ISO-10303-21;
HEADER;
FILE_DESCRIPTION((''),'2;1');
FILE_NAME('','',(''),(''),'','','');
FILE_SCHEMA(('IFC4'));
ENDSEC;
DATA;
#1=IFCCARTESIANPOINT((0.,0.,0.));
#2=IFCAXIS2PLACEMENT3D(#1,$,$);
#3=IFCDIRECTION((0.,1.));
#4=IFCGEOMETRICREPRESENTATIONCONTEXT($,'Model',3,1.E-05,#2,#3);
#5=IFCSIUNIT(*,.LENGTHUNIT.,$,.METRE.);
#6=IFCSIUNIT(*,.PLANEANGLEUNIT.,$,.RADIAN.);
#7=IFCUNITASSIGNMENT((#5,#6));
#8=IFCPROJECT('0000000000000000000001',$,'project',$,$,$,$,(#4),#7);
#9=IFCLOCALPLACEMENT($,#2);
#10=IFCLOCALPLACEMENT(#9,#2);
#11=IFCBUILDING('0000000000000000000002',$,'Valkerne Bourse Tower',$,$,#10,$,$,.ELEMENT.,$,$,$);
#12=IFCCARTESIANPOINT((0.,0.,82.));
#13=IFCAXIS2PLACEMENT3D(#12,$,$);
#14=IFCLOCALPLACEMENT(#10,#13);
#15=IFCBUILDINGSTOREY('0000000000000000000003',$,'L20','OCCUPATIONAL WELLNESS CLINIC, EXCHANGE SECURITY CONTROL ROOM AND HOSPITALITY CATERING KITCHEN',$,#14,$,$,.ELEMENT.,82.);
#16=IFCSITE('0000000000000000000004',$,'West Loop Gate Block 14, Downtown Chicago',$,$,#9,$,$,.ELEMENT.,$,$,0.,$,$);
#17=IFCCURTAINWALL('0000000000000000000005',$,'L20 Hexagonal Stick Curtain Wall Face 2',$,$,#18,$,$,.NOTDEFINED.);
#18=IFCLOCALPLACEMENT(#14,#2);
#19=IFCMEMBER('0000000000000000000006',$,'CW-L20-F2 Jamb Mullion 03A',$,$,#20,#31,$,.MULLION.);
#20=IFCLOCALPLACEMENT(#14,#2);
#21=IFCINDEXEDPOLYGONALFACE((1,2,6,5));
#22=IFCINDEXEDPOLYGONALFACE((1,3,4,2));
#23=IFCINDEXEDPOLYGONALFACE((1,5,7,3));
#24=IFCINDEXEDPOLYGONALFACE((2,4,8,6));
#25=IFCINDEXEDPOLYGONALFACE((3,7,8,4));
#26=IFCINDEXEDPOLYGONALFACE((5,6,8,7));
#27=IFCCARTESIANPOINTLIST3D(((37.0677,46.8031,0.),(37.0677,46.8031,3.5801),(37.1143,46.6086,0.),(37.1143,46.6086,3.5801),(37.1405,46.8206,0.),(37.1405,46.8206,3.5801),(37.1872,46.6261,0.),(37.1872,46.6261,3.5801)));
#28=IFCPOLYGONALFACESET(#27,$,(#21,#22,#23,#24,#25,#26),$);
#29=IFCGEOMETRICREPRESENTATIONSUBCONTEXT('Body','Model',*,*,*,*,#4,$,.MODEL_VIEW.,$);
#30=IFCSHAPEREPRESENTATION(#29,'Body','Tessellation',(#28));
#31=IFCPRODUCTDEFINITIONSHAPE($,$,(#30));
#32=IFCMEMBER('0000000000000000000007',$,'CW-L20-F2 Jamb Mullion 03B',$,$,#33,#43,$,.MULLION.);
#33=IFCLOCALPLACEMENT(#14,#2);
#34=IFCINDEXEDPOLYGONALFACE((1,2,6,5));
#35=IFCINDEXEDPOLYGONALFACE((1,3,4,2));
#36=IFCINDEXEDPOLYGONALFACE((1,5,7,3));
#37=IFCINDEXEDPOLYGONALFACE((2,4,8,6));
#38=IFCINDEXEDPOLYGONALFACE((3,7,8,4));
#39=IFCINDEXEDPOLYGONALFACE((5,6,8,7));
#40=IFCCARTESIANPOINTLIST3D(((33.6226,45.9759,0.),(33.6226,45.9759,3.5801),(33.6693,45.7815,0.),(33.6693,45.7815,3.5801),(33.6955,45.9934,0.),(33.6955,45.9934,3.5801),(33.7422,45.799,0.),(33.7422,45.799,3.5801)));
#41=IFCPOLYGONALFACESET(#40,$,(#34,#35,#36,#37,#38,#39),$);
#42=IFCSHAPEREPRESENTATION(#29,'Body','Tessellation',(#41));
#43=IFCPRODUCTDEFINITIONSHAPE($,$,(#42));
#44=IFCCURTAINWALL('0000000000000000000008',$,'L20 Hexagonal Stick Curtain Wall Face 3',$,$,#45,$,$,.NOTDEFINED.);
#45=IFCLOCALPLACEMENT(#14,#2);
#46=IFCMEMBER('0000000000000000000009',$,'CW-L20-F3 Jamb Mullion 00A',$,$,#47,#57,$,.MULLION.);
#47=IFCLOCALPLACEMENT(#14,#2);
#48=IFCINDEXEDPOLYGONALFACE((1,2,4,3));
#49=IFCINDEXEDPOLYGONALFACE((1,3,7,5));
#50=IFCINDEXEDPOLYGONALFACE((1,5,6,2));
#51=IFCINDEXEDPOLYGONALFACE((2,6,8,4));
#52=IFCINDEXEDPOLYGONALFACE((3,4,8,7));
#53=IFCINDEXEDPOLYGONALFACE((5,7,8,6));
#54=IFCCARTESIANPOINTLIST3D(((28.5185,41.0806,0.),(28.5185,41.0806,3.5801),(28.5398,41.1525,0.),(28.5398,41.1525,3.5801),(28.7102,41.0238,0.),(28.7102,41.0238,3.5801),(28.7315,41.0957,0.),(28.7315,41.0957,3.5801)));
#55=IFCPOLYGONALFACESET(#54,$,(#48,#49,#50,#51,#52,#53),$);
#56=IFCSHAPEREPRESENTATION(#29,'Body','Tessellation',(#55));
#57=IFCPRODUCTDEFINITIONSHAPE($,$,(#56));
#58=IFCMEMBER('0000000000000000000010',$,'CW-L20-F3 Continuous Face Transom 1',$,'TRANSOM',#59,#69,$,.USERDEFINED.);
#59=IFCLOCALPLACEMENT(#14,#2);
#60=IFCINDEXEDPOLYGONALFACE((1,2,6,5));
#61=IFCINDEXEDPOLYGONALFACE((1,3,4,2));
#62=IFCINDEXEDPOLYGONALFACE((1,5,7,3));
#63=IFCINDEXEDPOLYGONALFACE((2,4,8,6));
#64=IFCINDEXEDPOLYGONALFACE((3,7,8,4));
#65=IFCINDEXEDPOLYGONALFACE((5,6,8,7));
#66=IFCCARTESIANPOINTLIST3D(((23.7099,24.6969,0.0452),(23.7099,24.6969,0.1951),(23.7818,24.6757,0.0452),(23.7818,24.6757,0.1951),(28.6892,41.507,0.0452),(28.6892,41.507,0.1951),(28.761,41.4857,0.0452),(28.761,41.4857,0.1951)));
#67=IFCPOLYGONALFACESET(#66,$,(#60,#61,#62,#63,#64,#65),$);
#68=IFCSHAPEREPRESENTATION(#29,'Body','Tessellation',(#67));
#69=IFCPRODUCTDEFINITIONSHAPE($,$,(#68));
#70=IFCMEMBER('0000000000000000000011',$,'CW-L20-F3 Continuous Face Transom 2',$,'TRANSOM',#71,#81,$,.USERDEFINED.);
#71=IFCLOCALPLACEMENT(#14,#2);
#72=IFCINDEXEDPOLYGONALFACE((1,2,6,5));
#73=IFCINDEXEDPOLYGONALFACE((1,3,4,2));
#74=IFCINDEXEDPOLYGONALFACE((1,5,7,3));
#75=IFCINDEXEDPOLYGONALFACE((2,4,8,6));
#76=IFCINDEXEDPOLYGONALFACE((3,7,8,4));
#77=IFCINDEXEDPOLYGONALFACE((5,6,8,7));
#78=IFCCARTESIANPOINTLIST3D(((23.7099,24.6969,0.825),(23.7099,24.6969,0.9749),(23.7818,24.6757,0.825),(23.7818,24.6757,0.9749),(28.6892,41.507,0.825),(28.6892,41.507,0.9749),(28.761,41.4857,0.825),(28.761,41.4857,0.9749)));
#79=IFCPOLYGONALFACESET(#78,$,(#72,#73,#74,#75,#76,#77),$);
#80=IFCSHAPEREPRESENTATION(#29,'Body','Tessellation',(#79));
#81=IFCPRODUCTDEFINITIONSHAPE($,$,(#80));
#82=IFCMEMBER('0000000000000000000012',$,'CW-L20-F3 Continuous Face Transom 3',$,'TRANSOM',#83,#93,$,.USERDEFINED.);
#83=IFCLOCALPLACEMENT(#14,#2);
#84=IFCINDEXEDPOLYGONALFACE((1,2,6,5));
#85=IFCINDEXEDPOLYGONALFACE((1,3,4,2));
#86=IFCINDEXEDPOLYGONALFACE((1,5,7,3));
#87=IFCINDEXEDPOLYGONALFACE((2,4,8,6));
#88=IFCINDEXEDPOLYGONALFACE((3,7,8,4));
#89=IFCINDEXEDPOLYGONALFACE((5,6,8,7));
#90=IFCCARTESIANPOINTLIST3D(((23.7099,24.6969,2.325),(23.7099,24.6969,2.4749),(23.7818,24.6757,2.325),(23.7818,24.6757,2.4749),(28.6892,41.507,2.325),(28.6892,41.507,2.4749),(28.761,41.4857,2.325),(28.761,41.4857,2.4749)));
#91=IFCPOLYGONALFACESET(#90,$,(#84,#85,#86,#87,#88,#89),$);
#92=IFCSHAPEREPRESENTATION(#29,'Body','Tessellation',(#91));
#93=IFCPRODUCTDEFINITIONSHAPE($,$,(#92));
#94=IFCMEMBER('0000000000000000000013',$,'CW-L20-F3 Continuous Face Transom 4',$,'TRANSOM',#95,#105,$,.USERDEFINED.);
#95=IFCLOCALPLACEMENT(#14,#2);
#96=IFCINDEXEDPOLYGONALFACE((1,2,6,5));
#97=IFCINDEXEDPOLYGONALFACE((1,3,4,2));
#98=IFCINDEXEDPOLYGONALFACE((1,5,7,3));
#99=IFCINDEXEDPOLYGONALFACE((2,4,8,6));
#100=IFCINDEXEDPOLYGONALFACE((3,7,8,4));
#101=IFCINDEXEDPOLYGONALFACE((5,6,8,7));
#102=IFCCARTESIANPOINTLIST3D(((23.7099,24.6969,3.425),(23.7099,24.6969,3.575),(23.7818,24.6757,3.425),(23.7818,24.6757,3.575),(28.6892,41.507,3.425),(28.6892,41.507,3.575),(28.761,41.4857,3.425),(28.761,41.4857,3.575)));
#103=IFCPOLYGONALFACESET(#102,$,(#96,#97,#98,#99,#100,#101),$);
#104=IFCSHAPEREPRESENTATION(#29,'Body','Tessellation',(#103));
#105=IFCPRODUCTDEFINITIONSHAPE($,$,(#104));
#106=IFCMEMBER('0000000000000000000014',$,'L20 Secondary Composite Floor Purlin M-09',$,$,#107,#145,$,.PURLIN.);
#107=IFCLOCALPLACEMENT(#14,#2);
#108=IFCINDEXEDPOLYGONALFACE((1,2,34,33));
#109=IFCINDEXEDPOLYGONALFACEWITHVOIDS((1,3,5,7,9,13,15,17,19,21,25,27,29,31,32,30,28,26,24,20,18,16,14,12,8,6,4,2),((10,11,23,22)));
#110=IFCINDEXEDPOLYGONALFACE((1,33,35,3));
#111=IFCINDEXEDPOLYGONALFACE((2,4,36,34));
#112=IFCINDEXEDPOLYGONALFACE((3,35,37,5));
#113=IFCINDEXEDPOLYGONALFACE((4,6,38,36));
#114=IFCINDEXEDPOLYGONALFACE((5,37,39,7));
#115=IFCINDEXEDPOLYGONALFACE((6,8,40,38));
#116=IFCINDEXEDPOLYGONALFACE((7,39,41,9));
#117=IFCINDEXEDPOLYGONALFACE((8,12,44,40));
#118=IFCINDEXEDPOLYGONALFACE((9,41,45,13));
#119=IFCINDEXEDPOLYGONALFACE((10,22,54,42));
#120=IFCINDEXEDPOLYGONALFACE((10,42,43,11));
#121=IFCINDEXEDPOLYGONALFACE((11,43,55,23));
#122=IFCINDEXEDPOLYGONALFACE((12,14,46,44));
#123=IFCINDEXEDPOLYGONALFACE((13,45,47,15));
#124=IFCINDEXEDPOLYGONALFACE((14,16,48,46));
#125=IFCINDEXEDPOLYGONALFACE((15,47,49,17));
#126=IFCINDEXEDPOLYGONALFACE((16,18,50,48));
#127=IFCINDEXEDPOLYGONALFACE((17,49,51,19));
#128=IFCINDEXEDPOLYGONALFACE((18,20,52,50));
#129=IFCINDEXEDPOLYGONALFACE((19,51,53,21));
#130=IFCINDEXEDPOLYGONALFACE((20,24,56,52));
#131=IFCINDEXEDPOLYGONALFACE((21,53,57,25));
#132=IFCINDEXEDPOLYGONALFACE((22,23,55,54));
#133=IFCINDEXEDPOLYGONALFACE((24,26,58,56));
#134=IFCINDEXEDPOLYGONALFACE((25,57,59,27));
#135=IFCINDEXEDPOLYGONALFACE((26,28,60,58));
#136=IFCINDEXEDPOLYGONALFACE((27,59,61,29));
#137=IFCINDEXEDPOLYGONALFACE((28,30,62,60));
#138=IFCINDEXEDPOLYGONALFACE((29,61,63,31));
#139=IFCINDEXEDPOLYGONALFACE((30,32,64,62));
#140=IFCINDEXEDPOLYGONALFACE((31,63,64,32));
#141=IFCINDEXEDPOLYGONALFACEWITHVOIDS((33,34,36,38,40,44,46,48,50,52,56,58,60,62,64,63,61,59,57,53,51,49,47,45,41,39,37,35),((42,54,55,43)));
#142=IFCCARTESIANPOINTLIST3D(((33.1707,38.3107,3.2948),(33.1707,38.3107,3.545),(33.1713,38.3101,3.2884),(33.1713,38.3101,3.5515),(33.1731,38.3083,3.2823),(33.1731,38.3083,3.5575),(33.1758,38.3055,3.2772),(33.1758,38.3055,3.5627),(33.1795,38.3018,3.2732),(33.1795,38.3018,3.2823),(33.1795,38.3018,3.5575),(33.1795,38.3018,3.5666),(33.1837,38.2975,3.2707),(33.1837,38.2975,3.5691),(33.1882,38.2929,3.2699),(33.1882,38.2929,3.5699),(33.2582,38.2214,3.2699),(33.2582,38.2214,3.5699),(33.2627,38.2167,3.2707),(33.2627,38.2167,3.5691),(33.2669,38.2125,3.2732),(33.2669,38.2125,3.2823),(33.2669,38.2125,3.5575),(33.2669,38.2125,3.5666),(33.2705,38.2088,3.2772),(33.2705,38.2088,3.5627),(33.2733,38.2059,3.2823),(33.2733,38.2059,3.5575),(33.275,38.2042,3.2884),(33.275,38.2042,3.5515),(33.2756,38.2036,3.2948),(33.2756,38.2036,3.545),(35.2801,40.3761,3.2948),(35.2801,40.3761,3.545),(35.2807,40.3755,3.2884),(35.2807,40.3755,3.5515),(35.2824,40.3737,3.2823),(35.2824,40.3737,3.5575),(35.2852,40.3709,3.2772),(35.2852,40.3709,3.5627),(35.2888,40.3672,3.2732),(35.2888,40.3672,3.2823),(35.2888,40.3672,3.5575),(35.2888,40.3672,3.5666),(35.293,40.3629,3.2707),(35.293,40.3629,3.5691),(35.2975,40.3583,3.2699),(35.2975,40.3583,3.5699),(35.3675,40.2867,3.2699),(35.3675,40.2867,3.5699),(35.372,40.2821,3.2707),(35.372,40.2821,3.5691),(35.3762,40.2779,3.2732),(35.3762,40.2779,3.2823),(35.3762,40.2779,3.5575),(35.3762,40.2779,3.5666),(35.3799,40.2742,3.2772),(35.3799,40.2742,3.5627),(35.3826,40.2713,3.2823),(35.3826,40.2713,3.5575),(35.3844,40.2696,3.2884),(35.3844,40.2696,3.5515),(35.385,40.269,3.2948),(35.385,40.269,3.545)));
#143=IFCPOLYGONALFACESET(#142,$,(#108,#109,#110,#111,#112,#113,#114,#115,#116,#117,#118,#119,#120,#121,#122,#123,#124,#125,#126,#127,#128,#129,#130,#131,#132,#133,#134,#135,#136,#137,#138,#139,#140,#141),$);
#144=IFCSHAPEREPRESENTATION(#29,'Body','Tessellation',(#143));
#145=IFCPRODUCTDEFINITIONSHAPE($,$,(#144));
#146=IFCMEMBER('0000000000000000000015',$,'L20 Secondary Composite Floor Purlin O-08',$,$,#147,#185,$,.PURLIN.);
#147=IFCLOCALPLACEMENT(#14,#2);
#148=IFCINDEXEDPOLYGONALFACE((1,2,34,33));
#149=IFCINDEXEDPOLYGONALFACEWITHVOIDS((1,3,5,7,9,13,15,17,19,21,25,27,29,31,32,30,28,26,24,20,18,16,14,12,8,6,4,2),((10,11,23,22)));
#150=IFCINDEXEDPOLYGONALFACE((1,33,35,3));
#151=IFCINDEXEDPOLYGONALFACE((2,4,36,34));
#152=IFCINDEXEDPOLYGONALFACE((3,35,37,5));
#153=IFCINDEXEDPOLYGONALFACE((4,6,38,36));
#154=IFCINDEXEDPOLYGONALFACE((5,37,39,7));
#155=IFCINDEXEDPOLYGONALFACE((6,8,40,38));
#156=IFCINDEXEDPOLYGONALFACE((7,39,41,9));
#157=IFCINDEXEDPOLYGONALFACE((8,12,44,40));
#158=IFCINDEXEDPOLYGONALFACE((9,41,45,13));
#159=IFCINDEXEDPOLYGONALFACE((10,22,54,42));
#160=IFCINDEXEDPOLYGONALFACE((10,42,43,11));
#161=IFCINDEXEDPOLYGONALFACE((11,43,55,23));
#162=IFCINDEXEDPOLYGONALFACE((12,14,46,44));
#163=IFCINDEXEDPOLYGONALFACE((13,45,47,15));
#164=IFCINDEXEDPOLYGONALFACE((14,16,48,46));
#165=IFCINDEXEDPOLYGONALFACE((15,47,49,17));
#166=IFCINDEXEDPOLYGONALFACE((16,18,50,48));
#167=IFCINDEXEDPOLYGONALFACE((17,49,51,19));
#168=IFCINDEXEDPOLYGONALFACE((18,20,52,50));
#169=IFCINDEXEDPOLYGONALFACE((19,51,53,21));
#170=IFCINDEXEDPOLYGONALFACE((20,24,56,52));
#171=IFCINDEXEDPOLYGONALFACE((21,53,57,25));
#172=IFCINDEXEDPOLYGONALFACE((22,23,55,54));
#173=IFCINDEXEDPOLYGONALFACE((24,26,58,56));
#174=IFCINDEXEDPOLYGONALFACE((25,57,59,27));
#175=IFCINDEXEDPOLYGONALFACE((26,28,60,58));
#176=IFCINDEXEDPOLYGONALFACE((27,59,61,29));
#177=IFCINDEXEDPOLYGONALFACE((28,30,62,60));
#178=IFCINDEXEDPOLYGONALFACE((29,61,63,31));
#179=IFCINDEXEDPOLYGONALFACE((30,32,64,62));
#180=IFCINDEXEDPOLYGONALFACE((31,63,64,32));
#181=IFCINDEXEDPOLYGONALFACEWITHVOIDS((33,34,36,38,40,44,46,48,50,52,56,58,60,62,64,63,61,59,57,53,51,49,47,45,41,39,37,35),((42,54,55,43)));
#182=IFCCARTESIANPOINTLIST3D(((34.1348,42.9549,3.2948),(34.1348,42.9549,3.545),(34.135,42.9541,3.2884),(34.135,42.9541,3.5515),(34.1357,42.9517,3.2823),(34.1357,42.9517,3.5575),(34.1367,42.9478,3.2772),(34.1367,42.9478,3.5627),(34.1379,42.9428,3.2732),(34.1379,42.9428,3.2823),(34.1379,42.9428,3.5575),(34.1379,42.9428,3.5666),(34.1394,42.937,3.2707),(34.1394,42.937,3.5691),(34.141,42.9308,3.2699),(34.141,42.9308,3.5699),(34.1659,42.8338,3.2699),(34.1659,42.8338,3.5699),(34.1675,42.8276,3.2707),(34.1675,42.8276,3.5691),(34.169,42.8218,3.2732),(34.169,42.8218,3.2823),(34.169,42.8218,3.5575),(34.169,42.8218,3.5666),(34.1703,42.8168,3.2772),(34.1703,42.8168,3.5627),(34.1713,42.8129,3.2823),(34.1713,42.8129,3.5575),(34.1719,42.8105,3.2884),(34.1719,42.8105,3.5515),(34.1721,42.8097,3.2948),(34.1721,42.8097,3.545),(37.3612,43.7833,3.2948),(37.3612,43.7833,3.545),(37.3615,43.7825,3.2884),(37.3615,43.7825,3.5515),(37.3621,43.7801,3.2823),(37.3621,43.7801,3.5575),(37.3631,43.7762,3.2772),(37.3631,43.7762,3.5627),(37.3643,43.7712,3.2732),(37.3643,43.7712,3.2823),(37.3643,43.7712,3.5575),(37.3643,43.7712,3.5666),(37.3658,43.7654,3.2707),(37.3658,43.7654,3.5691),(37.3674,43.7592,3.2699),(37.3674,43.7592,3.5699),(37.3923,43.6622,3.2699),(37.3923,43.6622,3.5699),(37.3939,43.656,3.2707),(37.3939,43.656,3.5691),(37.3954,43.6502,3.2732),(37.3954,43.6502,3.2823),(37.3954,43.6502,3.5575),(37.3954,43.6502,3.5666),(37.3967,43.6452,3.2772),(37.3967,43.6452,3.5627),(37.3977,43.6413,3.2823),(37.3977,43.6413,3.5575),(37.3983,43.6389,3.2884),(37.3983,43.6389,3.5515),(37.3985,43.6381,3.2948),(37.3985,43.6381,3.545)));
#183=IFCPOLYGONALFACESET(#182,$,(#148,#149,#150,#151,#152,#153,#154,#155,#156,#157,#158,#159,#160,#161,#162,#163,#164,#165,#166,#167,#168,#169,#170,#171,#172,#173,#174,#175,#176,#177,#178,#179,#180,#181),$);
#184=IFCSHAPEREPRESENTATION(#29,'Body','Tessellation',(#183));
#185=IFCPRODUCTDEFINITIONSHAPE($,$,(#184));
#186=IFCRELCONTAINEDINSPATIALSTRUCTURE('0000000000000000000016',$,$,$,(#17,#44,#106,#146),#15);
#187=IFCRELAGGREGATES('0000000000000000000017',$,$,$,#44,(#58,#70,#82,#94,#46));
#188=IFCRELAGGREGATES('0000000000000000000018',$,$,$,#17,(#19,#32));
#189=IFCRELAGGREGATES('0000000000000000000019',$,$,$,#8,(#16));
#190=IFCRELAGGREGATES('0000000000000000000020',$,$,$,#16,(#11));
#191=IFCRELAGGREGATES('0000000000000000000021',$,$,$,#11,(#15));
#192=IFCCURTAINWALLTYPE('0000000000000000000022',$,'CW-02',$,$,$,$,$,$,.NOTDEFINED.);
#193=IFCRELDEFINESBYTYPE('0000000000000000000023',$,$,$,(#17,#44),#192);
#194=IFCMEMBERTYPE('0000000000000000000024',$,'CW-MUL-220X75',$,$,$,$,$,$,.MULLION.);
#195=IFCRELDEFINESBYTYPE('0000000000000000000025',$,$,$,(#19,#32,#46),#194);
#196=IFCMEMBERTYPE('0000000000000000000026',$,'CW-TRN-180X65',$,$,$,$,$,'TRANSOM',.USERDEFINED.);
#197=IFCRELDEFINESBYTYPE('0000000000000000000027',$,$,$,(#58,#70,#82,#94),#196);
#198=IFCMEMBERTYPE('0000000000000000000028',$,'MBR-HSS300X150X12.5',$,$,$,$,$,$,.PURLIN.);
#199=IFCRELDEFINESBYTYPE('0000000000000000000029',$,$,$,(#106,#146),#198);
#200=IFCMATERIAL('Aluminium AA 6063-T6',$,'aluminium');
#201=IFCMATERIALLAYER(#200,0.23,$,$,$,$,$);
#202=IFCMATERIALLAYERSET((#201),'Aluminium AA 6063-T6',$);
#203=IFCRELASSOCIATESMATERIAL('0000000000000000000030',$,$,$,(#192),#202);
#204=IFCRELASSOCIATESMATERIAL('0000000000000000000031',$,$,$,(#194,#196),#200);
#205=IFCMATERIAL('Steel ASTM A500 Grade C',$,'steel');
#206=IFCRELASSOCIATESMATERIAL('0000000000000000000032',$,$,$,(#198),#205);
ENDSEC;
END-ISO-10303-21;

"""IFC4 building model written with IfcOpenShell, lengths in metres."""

from ifc_helpers import new_model, si_unit, direction, frame, origin, origin_2d, place, context, subcontext, project, spatial, rectangle, hollow_rectangle, extrude, material, layer, layer_set, material_profile, profile_set, type_object, element, aggregate, save


model = new_model("IFC4")

# Units and contexts
model_context = context("Model", 3, precision=1e-05, world=origin(), true_north=direction((0.0, 1.0)))
body_context = subcontext(model_context, "Body", "Model", "MODEL_VIEW")
ifc_project = project(units=[si_unit("LENGTHUNIT", "METRE"), si_unit("PLANEANGLEUNIT", "RADIAN")], contexts=[model_context])

# Site, building, storey
site_placement = place(None, origin())
site = spatial("IfcSite", under=ifc_project, at=site_placement, Name="West Loop Gate Block 14, Downtown Chicago", CompositionType="ELEMENT", RefElevation=0.0)
building_placement = place(site_placement, origin())
building = spatial("IfcBuilding", under=site, at=building_placement, Name="Valkerne Bourse Tower", CompositionType="ELEMENT")
storey_placement = place(building_placement, frame((0.0, 0.0, 82.0)))
storey = spatial("IfcBuildingStorey", under=building, at=storey_placement, Name="L20", Description="OCCUPATIONAL WELLNESS CLINIC, EXCHANGE SECURITY CONTROL ROOM AND HOSPITALITY CATERING KITCHEN", CompositionType="ELEMENT", Elevation=82.0)

# Curtain walls, members
ifc_material_1 = material(Name="Aluminium AA 6063-T6", Category="aluminium")
ifc_layer_1 = layer(ifc_material_1, 0.23)
ifc_layer_set_1 = layer_set([ifc_layer_1], Name="Aluminium AA 6063-T6")
curtain_wall_type = type_object("IfcCurtainWallType", Name="CW-02", PredefinedType="NOTDEFINED", material=ifc_layer_set_1)
curtain_wall_1_placement = place(storey_placement, origin())
curtain_wall_1 = element("IfcCurtainWall", 1, at=curtain_wall_1_placement, inside=storey, type_object=curtain_wall_type, Name="L20 Hexagonal Stick Curtain Wall Face 2", PredefinedType="NOTDEFINED")
ifc_material_profile_1 = material_profile(ifc_material_1, rectangle(XDim=0.075, YDim=0.2, at=origin_2d()), Name="CWM-75X200")
ifc_profile_set_1 = profile_set([ifc_material_profile_1], Name="Aluminium AA 6063-T6")
member_type_1 = type_object("IfcMemberType", Name="CW-MUL-220X75", PredefinedType="MULLION", material=ifc_profile_set_1)
member_1_placement = place(storey_placement, frame((37.1274, 46.7146, 0.0), z_axis=(0.0, 0.0, 1.0), x_axis=(-0.972369, -0.233447, 0.0)))
member_1 = element("IfcMember", 2, at=member_1_placement, type_object=member_type_1, Name="CW-L20-F2 Jamb Mullion 03A", PredefinedType="MULLION", context=body_context, shape_type="SweptSolid", body=[
    extrude(rectangle(XDim=0.075, YDim=0.2, at=origin_2d()), origin(), (0.0, 0.0, 1.0), 3.5801),
])
member_2_placement = place(storey_placement, frame((33.6824, 45.8875, 0.0), z_axis=(0.0, 0.0, 1.0), x_axis=(-0.972369, -0.233447, 0.0)))
member_2 = element("IfcMember", 3, at=member_2_placement, type_object=member_type_1, Name="CW-L20-F2 Jamb Mullion 03B", PredefinedType="MULLION", context=body_context, shape_type="SweptSolid", body=[
    extrude(rectangle(XDim=0.075, YDim=0.2, at=origin_2d()), origin(), (0.0, 0.0, 1.0), 3.5801),
])
curtain_wall_2_placement = place(storey_placement, origin())
curtain_wall_2 = element("IfcCurtainWall", 4, at=curtain_wall_2_placement, inside=storey, type_object=curtain_wall_type, Name="L20 Hexagonal Stick Curtain Wall Face 3", PredefinedType="NOTDEFINED")
member_3_placement = place(storey_placement, frame((28.625, 41.0881, 0.0), z_axis=(0.0, 0.0, 1.0), x_axis=(-0.284029, -0.958816, 0.0)))
member_3 = element("IfcMember", 5, at=member_3_placement, type_object=member_type_1, Name="CW-L20-F3 Jamb Mullion 00A", PredefinedType="MULLION", context=body_context, shape_type="SweptSolid", body=[
    extrude(rectangle(XDim=0.075, YDim=0.2, at=origin_2d()), origin(), (0.0, 0.0, 1.0), 3.5801),
])
ifc_material_profile_2 = material_profile(ifc_material_1, rectangle(XDim=0.075, YDim=0.1499, at=origin_2d()), Name="CWT-75X150")
ifc_profile_set_2 = profile_set([ifc_material_profile_2], Name="Aluminium AA 6063-T6")
member_type_2 = type_object("IfcMemberType", Name="CW-TRN-180X65", ElementType="TRANSOM", PredefinedType="USERDEFINED", material=ifc_profile_set_2)
member_4_placement = place(storey_placement, frame((28.7251, 41.4963, 0.1201), z_axis=(-0.284009, -0.958822, 0.0), x_axis=(0.958822, -0.284009, 0.0)))
member_4 = element("IfcMember", 6, at=member_4_placement, type_object=member_type_2, Name="CW-L20-F3 Continuous Face Transom 1", ObjectType="TRANSOM", PredefinedType="USERDEFINED", context=body_context, shape_type="SweptSolid", body=[
    extrude(rectangle(XDim=0.075, YDim=0.1499, at=origin_2d()), origin(), (0.0, 0.0, 1.0), 17.532),
])
member_5_placement = place(storey_placement, frame((28.7251, 41.4963, 0.8999), z_axis=(-0.284009, -0.958822, 0.0), x_axis=(0.958822, -0.284009, 0.0)))
member_5 = element("IfcMember", 7, at=member_5_placement, type_object=member_type_2, Name="CW-L20-F3 Continuous Face Transom 2", ObjectType="TRANSOM", PredefinedType="USERDEFINED", context=body_context, shape_type="SweptSolid", body=[
    extrude(rectangle(XDim=0.075, YDim=0.1499, at=origin_2d()), origin(), (0.0, 0.0, 1.0), 17.532),
])
member_6_placement = place(storey_placement, frame((28.7251, 41.4963, 2.3999), z_axis=(-0.284009, -0.958822, 0.0), x_axis=(0.958822, -0.284009, 0.0)))
member_6 = element("IfcMember", 8, at=member_6_placement, type_object=member_type_2, Name="CW-L20-F3 Continuous Face Transom 3", ObjectType="TRANSOM", PredefinedType="USERDEFINED", context=body_context, shape_type="SweptSolid", body=[
    extrude(rectangle(XDim=0.075, YDim=0.1499, at=origin_2d()), origin(), (0.0, 0.0, 1.0), 17.532),
])
member_7_placement = place(storey_placement, frame((28.7251, 41.4963, 3.5), z_axis=(-0.284009, -0.958822, 0.0), x_axis=(0.958822, -0.284009, 0.0)))
member_7 = element("IfcMember", 9, at=member_7_placement, type_object=member_type_2, Name="CW-L20-F3 Continuous Face Transom 4", ObjectType="TRANSOM", PredefinedType="USERDEFINED", context=body_context, shape_type="SweptSolid", body=[
    extrude(rectangle(XDim=0.075, YDim=0.1499, at=origin_2d()), origin(), (0.0, 0.0, 1.0), 17.532),
])
aggregate(curtain_wall_2, [member_4, member_5, member_6, member_7, member_3])

# Members
ifc_material_2 = material(Name="Steel ASTM A500 Grade C", Category="steel")
ifc_material_profile_3 = material_profile(ifc_material_2, hollow_rectangle(XDim=0.1499, YDim=0.3, WallThickness=0.0125, OuterFilletRadius=0.0249, at=origin_2d()), Name="HSS300X150X12.5")
ifc_profile_set_3 = profile_set([ifc_material_profile_3], Name="Steel ASTM A500 Grade C")
member_type_3 = type_object("IfcMemberType", Name="MBR-HSS300X150X12.5", PredefinedType="PURLIN", material=ifc_profile_set_3)
member_8_placement = place(storey_placement, frame((35.3325, 40.3225, 3.4199), z_axis=(-0.71451, -0.699625, 0.0), x_axis=(0.699625, -0.71451, 0.0)))
element("IfcMember", 10, at=member_8_placement, inside=storey, type_object=member_type_3, Name="L20 Secondary Composite Floor Purlin M-09", PredefinedType="PURLIN", context=body_context, shape_type="SweptSolid", body=[
    extrude(hollow_rectangle(XDim=0.1499, YDim=0.3, WallThickness=0.0125, OuterFilletRadius=0.0249, at=origin_2d()), origin(), (0.0, 0.0, 1.0), 2.9521),
])
member_9_placement = place(storey_placement, frame((37.3799, 43.7107, 3.4199), z_axis=(-0.968584, -0.248687, 0.0), x_axis=(0.248687, -0.968584, 0.0)))
element("IfcMember", 11, at=member_9_placement, inside=storey, type_object=member_type_3, Name="L20 Secondary Composite Floor Purlin O-08", PredefinedType="PURLIN", context=body_context, shape_type="SweptSolid", body=[
    extrude(hollow_rectangle(XDim=0.1499, YDim=0.3, WallThickness=0.0125, OuterFilletRadius=0.0249, at=origin_2d()), origin(), (0.0, 0.0, 1.0), 3.3311),
])

aggregate(curtain_wall_1, [member_1, member_2])

save(model, "model.ifc")
